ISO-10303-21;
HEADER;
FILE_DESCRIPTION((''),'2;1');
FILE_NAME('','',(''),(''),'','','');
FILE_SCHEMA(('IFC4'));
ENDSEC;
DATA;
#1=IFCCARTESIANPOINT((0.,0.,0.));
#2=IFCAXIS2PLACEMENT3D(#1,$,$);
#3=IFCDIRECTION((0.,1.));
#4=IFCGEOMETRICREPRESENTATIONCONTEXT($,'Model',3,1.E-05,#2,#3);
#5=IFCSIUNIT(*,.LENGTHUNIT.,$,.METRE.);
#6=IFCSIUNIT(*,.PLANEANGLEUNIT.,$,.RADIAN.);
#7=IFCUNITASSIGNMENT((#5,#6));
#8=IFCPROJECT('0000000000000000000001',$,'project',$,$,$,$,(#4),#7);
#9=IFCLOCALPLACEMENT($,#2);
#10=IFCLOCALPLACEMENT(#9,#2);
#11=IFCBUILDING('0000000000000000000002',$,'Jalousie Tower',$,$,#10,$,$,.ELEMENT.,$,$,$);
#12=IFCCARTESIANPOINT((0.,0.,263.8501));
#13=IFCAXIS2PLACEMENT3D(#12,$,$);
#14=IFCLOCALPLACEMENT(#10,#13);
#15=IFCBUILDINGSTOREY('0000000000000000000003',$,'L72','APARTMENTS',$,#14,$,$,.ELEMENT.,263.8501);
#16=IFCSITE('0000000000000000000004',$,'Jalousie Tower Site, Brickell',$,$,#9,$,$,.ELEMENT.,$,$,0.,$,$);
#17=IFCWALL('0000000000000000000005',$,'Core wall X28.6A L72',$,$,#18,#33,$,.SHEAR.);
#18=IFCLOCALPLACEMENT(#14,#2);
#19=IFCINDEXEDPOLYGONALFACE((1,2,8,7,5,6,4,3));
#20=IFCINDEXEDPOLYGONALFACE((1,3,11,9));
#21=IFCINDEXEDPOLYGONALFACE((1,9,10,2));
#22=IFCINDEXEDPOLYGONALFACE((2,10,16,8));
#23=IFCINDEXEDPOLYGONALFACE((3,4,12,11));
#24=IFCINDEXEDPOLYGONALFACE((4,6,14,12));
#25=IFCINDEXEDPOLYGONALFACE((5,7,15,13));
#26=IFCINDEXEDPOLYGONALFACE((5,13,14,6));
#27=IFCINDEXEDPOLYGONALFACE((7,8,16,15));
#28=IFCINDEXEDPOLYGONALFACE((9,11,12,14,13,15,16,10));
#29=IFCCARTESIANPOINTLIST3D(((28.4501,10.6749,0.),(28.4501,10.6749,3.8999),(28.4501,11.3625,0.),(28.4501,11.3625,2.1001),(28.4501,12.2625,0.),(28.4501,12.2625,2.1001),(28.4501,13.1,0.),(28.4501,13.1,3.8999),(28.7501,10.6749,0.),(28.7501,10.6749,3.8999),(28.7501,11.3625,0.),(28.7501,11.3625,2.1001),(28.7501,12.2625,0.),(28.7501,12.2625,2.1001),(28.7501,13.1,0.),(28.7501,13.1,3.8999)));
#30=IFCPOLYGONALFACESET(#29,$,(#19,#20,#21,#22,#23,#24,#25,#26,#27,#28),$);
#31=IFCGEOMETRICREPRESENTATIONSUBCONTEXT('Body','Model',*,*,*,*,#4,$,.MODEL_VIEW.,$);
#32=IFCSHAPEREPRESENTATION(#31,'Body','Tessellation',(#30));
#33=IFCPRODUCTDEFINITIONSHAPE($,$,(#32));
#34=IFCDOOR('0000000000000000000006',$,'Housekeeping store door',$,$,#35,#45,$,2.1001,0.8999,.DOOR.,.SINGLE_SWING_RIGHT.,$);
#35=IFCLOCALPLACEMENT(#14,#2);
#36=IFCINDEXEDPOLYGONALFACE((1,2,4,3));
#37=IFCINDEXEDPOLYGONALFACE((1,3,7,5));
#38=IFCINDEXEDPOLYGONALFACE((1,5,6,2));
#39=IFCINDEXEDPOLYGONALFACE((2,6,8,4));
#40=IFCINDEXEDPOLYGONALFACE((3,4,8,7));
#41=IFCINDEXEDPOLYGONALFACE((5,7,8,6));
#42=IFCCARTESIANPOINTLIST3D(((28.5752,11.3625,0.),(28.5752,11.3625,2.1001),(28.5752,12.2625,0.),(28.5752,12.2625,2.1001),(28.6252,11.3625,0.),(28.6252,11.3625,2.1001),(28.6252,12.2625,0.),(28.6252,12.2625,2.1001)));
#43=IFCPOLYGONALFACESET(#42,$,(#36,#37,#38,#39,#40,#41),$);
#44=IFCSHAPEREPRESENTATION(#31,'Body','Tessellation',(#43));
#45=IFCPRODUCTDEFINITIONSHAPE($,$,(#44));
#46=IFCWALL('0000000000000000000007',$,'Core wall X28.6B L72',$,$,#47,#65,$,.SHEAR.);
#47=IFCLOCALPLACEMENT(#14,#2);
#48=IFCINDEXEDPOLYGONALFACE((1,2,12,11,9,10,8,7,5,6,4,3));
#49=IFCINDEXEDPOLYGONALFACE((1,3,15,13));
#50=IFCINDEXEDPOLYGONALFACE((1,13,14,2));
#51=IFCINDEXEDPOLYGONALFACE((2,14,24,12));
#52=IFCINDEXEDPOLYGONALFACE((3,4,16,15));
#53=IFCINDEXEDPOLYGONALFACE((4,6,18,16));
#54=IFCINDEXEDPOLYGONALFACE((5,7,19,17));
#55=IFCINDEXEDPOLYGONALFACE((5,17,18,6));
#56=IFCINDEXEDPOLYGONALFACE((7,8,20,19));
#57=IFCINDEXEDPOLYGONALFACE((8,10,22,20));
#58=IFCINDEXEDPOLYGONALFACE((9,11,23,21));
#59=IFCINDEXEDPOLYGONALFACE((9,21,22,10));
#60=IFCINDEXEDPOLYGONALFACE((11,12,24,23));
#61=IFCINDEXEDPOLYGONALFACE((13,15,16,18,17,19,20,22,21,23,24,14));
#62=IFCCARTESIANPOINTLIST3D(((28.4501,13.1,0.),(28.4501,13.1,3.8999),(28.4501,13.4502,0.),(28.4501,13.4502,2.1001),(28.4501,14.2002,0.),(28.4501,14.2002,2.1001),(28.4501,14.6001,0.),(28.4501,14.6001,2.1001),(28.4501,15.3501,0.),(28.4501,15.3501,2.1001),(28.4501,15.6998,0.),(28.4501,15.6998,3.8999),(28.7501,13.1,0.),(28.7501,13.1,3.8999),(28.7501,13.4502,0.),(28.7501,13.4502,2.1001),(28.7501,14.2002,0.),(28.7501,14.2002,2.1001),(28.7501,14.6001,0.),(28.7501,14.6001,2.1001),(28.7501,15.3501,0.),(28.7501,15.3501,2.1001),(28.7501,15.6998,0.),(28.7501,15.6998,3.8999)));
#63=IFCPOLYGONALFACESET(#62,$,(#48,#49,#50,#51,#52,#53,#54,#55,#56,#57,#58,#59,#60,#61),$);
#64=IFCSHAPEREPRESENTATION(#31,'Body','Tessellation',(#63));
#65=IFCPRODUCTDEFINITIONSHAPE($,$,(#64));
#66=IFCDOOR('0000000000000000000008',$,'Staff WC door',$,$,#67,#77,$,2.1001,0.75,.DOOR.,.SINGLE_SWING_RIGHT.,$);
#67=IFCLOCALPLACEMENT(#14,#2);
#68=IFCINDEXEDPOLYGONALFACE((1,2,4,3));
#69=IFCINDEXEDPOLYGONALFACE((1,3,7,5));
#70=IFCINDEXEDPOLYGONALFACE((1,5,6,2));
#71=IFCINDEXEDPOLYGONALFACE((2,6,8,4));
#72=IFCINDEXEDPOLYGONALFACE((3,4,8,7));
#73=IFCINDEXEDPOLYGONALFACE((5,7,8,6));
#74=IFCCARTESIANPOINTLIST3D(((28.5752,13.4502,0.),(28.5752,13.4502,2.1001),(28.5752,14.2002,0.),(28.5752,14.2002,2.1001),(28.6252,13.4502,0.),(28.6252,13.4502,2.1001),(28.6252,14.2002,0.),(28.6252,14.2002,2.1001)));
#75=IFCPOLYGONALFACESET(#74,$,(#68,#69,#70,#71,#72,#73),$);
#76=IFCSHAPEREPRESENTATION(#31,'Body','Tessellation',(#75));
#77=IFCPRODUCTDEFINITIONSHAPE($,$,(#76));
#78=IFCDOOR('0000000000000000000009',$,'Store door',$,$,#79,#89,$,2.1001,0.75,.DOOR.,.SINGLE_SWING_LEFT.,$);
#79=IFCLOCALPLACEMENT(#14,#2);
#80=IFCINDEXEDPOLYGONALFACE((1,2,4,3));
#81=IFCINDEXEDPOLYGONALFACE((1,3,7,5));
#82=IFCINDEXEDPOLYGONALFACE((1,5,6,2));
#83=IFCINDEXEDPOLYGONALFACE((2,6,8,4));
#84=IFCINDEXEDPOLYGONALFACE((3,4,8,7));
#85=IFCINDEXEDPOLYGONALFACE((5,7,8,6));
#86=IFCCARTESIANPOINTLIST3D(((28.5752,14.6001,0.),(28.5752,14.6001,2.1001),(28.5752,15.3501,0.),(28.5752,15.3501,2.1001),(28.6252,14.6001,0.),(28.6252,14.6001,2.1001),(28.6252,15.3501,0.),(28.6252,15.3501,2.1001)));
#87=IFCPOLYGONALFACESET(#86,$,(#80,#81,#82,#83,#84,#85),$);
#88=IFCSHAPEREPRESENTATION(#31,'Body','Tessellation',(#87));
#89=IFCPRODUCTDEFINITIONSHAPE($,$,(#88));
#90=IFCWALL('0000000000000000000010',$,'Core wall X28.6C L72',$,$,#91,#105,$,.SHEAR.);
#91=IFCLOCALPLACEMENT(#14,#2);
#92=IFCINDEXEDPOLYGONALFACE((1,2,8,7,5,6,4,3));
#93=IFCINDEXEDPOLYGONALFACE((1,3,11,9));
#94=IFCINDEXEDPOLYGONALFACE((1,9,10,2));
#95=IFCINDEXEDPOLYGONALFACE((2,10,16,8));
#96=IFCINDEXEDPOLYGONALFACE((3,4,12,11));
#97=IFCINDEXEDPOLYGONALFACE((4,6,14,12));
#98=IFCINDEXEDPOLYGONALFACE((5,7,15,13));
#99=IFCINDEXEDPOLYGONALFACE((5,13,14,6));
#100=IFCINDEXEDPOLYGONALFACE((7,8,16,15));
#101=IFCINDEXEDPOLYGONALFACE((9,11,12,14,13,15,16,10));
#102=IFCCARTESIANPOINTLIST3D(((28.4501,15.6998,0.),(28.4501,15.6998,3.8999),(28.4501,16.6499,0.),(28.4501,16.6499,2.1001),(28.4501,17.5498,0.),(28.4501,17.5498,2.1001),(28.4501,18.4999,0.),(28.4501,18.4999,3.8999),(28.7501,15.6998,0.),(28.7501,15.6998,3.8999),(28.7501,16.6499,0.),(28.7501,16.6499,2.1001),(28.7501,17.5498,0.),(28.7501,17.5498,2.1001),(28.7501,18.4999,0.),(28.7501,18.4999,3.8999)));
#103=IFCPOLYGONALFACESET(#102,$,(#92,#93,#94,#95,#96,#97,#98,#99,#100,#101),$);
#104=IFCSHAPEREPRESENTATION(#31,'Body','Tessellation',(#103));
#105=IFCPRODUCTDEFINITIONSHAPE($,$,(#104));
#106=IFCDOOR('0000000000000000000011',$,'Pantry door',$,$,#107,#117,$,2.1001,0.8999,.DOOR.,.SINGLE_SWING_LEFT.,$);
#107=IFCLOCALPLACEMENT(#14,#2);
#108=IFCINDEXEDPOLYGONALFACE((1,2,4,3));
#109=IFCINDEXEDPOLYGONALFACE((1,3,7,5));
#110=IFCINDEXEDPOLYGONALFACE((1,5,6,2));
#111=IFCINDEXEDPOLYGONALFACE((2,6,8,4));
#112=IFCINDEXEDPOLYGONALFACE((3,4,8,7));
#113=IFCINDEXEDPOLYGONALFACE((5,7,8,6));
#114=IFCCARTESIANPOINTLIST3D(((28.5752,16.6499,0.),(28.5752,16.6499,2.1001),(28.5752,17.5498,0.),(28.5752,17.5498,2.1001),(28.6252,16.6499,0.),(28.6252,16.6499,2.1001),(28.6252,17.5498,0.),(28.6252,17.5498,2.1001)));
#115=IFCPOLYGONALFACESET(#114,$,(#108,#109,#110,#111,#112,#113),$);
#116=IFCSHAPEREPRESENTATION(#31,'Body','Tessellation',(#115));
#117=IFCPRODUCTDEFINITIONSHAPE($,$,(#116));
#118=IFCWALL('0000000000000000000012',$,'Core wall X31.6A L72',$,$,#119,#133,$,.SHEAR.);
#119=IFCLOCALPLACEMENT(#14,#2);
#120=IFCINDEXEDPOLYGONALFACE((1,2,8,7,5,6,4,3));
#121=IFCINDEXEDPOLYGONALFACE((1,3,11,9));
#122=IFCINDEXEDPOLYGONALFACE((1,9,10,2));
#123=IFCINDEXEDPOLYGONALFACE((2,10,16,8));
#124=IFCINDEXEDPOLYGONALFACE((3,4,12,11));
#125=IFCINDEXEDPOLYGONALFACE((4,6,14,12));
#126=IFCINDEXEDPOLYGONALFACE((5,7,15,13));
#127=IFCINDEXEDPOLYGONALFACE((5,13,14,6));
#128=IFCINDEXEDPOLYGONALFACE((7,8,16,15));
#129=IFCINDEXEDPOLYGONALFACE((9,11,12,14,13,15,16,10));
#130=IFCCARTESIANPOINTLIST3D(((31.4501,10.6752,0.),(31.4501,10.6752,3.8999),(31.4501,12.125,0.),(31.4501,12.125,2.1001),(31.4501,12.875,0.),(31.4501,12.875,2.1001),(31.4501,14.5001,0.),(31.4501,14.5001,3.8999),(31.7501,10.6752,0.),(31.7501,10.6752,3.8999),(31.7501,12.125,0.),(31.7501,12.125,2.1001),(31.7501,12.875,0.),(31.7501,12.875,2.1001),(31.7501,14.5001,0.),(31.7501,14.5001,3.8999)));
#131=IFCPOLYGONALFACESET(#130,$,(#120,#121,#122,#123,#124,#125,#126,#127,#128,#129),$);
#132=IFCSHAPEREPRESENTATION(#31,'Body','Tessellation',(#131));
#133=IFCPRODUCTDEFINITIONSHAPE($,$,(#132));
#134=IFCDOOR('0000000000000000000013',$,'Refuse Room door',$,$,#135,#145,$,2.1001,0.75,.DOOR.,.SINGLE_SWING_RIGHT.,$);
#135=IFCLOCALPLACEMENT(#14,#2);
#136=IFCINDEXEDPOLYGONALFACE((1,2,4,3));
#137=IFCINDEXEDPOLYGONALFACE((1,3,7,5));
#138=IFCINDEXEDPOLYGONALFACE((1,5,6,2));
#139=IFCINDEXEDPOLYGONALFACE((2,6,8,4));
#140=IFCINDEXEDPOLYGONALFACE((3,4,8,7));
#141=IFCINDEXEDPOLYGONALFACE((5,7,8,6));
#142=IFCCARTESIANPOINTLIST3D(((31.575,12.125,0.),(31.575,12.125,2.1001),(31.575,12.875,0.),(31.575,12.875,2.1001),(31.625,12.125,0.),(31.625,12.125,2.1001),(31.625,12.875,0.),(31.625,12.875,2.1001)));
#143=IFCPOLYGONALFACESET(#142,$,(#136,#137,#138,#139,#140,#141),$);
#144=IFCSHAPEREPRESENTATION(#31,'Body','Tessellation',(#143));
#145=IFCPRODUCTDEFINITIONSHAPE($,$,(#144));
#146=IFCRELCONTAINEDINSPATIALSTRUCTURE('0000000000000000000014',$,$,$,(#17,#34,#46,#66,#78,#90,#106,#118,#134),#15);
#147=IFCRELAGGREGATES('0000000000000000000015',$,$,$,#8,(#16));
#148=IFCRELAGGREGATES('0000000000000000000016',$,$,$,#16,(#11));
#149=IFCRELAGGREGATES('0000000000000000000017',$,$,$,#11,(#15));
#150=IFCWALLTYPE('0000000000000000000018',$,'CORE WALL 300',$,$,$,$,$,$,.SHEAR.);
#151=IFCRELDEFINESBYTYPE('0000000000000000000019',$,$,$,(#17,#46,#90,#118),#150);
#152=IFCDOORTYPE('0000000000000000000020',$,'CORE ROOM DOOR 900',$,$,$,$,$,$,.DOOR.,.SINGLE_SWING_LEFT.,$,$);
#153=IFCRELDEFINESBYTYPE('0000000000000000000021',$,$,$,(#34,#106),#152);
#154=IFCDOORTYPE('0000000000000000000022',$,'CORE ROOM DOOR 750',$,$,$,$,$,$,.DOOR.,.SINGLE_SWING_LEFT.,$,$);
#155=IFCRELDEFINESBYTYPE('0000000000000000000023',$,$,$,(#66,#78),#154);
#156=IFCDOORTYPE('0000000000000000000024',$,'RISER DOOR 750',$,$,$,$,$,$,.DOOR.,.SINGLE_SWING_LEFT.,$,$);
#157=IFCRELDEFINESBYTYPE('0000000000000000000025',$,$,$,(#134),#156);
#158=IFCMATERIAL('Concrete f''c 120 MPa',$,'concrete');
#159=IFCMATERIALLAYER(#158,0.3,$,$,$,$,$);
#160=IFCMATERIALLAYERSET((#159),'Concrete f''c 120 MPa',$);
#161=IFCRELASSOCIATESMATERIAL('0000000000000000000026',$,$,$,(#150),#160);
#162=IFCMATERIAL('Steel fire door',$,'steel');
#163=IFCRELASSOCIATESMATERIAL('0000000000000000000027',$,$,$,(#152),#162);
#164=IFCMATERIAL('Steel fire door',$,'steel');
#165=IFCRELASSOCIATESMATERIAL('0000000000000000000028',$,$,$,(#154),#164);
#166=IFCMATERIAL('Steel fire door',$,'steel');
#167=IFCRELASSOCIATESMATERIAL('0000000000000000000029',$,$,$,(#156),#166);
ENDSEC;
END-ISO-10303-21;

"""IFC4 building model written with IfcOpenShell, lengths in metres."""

from ifc_helpers import new_model, si_unit, direction, frame, frame_2d, origin, place, context, subcontext, project, spatial, rectangle, extrude, material, layer, layer_set, type_object, element, fill, save


model = new_model("IFC4")

# Units and contexts
model_context = context("Model", 3, precision=1e-05, world=origin(), true_north=direction((0.0, 1.0)))
body_context = subcontext(model_context, "Body", "Model", "MODEL_VIEW")
ifc_project = project(units=[si_unit("LENGTHUNIT", "METRE"), si_unit("PLANEANGLEUNIT", "RADIAN")], contexts=[model_context])

# Site, building, storey
site_placement = place(None, origin())
site = spatial("IfcSite", under=ifc_project, at=site_placement, Name="Jalousie Tower Site, Brickell", CompositionType="ELEMENT", RefElevation=0.0)
building_placement = place(site_placement, origin())
building = spatial("IfcBuilding", under=site, at=building_placement, Name="Jalousie Tower", CompositionType="ELEMENT")
storey_placement = place(building_placement, frame((0.0, 0.0, 263.8501)))
storey = spatial("IfcBuildingStorey", under=building, at=storey_placement, Name="L72", Description="APARTMENTS", CompositionType="ELEMENT", Elevation=263.8501)

# Shared definitions
ifc_material_1 = material(Name="Concrete f'c 120 MPa", Category="concrete")
ifc_layer_1 = layer(ifc_material_1, 0.3)
ifc_layer_set_1 = layer_set([ifc_layer_1], Name="Concrete f'c 120 MPa")
wall_type_1 = type_object("IfcWallType", Name="CORE WALL 300", PredefinedType="SHEAR", material=ifc_layer_set_1)

# Wall, opening, door
wall_1_placement = place(storey_placement, frame((28.6001, 10.675, 0.0), z_axis=(0.0, 0.0, 1.0), x_axis=(0.0, 1.0, 0.0)))
wall_1 = element("IfcWall", 1, at=wall_1_placement, inside=storey, type_object=wall_type_1, Name="Core wall X28.6A L72", PredefinedType="SHEAR", context=body_context, shape_type="SweptSolid", body=[
    extrude(rectangle(XDim=2.425, YDim=0.3, at=frame_2d((1.2124, 0.0))), origin(), (0.0, 0.0, 1.0), 3.8999),
])
opening_1_placement = place(wall_1_placement, frame((0.6875, 0.0, 0.0)))
opening_1 = element("IfcOpeningElement", 2, at=opening_1_placement, cuts=wall_1, PredefinedType="OPENING", context=body_context, shape_type="SweptSolid", body=[
    extrude(rectangle(XDim=0.8999, YDim=2.1001, at=frame_2d((0.45, 1.05))), frame((0.0, 0.1599, 0.0), z_axis=(0.0, -1.0, 0.0), x_axis=(1.0, 0.0, 0.0)), (0.0, 0.0, 1.0), 0.3201),
])
ifc_material_2 = material(Name="Steel fire door", Category="steel")
door_type_1 = type_object("IfcDoorType", Name="CORE ROOM DOOR 900", OperationType="SINGLE_SWING_LEFT", PredefinedType="DOOR", material=ifc_material_2)
door_1_placement = place(opening_1_placement, origin())
door_1 = element("IfcDoor", 3, at=door_1_placement, inside=storey, type_object=door_type_1, Name="Housekeeping store door", OperationType="SINGLE_SWING_RIGHT", OverallHeight=2.1001, OverallWidth=0.8999, PredefinedType="DOOR", context=body_context, shape_type="SweptSolid", body=[
    extrude(rectangle(XDim=0.8999, YDim=2.1001, at=frame_2d((0.45, 1.05))), frame((0.0, 0.0249, 0.0), z_axis=(0.0, -1.0, 0.0), x_axis=(1.0, 0.0, 0.0)), (0.0, 0.0, 1.0), 0.05),
])
fill(opening_1, door_1)

# Wall, openings, doors
wall_2_placement = place(storey_placement, frame((28.6001, 13.1001, 0.0), z_axis=(0.0, 0.0, 1.0), x_axis=(0.0, 1.0, 0.0)))
wall_2 = element("IfcWall", 4, at=wall_2_placement, inside=storey, type_object=wall_type_1, Name="Core wall X28.6B L72", PredefinedType="SHEAR", context=body_context, shape_type="SweptSolid", body=[
    extrude(rectangle(XDim=2.5999, YDim=0.3, at=frame_2d((1.2998, 0.0))), origin(), (0.0, 0.0, 1.0), 3.8999),
])
opening_2_placement = place(wall_2_placement, frame((0.3501, 0.0, 0.0)))
opening_2 = element("IfcOpeningElement", 5, at=opening_2_placement, cuts=wall_2, PredefinedType="OPENING", context=body_context, shape_type="SweptSolid", body=[
    extrude(rectangle(XDim=0.75, YDim=2.1001, at=frame_2d((0.375, 1.05))), frame((0.0, 0.1599, 0.0), z_axis=(0.0, -1.0, 0.0), x_axis=(1.0, 0.0, 0.0)), (0.0, 0.0, 1.0), 0.3201),
])
opening_3_placement = place(wall_2_placement, frame((1.5, 0.0, 0.0)))
opening_3 = element("IfcOpeningElement", 6, at=opening_3_placement, cuts=wall_2, PredefinedType="OPENING", context=body_context, shape_type="SweptSolid", body=[
    extrude(rectangle(XDim=0.75, YDim=2.1001, at=frame_2d((0.375, 1.05))), frame((0.0, 0.1599, 0.0), z_axis=(0.0, -1.0, 0.0), x_axis=(1.0, 0.0, 0.0)), (0.0, 0.0, 1.0), 0.3201),
])
ifc_material_3 = material(Name="Steel fire door", Category="steel")
door_type_2 = type_object("IfcDoorType", Name="CORE ROOM DOOR 750", OperationType="SINGLE_SWING_LEFT", PredefinedType="DOOR", material=ifc_material_3)
door_2_placement = place(opening_2_placement, origin())
door_2 = element("IfcDoor", 7, at=door_2_placement, inside=storey, type_object=door_type_2, Name="Staff WC door", OperationType="SINGLE_SWING_RIGHT", OverallHeight=2.1001, OverallWidth=0.75, PredefinedType="DOOR", context=body_context, shape_type="SweptSolid", body=[
    extrude(rectangle(XDim=0.75, YDim=2.1001, at=frame_2d((0.375, 1.05))), frame((0.0, 0.0249, 0.0), z_axis=(0.0, -1.0, 0.0), x_axis=(1.0, 0.0, 0.0)), (0.0, 0.0, 1.0), 0.05),
])
fill(opening_2, door_2)
door_3_placement = place(opening_3_placement, origin())
door_3 = element("IfcDoor", 8, at=door_3_placement, inside=storey, type_object=door_type_2, Name="Store door", OperationType="SINGLE_SWING_LEFT", OverallHeight=2.1001, OverallWidth=0.75, PredefinedType="DOOR", context=body_context, shape_type="SweptSolid", body=[
    extrude(rectangle(XDim=0.75, YDim=2.1001, at=frame_2d((0.375, 1.05))), frame((0.0, 0.0249, 0.0), z_axis=(0.0, -1.0, 0.0), x_axis=(1.0, 0.0, 0.0)), (0.0, 0.0, 1.0), 0.05),
])
fill(opening_3, door_3)

# Walls, openings, doors
wall_3_placement = place(storey_placement, frame((28.6001, 15.7, 0.0), z_axis=(0.0, 0.0, 1.0), x_axis=(0.0, 1.0, 0.0)))
wall_3 = element("IfcWall", 9, at=wall_3_placement, inside=storey, type_object=wall_type_1, Name="Core wall X28.6C L72", PredefinedType="SHEAR", context=body_context, shape_type="SweptSolid", body=[
    extrude(rectangle(XDim=2.8, YDim=0.3, at=frame_2d((1.3999, 0.0))), origin(), (0.0, 0.0, 1.0), 3.8999),
])
opening_4_placement = place(wall_3_placement, frame((0.95, 0.0, 0.0)))
opening_4 = element("IfcOpeningElement", 10, at=opening_4_placement, cuts=wall_3, PredefinedType="OPENING", context=body_context, shape_type="SweptSolid", body=[
    extrude(rectangle(XDim=0.8999, YDim=2.1001, at=frame_2d((0.45, 1.05))), frame((0.0, 0.1599, 0.0), z_axis=(0.0, -1.0, 0.0), x_axis=(1.0, 0.0, 0.0)), (0.0, 0.0, 1.0), 0.3201),
])
door_4_placement = place(opening_4_placement, origin())
door_4 = element("IfcDoor", 11, at=door_4_placement, inside=storey, type_object=door_type_1, Name="Pantry door", OperationType="SINGLE_SWING_LEFT", OverallHeight=2.1001, OverallWidth=0.8999, PredefinedType="DOOR", context=body_context, shape_type="SweptSolid", body=[
    extrude(rectangle(XDim=0.8999, YDim=2.1001, at=frame_2d((0.45, 1.05))), frame((0.0, 0.0249, 0.0), z_axis=(0.0, -1.0, 0.0), x_axis=(1.0, 0.0, 0.0)), (0.0, 0.0, 1.0), 0.05),
])
fill(opening_4, door_4)
wall_4_placement = place(storey_placement, frame((31.6001, 10.675, 0.0), z_axis=(0.0, 0.0, 1.0), x_axis=(0.0, 1.0, 0.0)))
wall_4 = element("IfcWall", 12, at=wall_4_placement, inside=storey, type_object=wall_type_1, Name="Core wall X31.6A L72", PredefinedType="SHEAR", context=body_context, shape_type="SweptSolid", body=[
    extrude(rectangle(XDim=3.825, YDim=0.3, at=frame_2d((1.9126, 0.0))), origin(), (0.0, 0.0, 1.0), 3.8999),
])
opening_5_placement = place(wall_4_placement, frame((1.45, 0.0, 0.0)))
opening_5 = element("IfcOpeningElement", 13, at=opening_5_placement, cuts=wall_4, PredefinedType="OPENING", context=body_context, shape_type="SweptSolid", body=[
    extrude(rectangle(XDim=0.75, YDim=2.1001, at=frame_2d((0.375, 1.05))), frame((0.0, 0.1599, 0.0), z_axis=(0.0, -1.0, 0.0), x_axis=(1.0, 0.0, 0.0)), (0.0, 0.0, 1.0), 0.3201),
])
ifc_material_4 = material(Name="Steel fire door", Category="steel")
door_type_3 = type_object("IfcDoorType", Name="RISER DOOR 750", OperationType="SINGLE_SWING_LEFT", PredefinedType="DOOR", material=ifc_material_4)
door_5_placement = place(opening_5_placement, frame((0.75, 0.0, 0.0), z_axis=(0.0, 0.0, 1.0), x_axis=(-1.0, 0.0, 0.0)))
door_5 = element("IfcDoor", 14, at=door_5_placement, inside=storey, type_object=door_type_3, Name="Refuse Room door", OperationType="SINGLE_SWING_RIGHT", OverallHeight=2.1001, OverallWidth=0.75, PredefinedType="DOOR", context=body_context, shape_type="SweptSolid", body=[
    extrude(rectangle(XDim=0.75, YDim=2.1001, at=frame_2d((0.375, 1.05))), frame((0.0, 0.0249, 0.0), z_axis=(0.0, -1.0, 0.0), x_axis=(1.0, 0.0, 0.0)), (0.0, 0.0, 1.0), 0.05),
])
fill(opening_5, door_5)

save(model, "model.ifc")
